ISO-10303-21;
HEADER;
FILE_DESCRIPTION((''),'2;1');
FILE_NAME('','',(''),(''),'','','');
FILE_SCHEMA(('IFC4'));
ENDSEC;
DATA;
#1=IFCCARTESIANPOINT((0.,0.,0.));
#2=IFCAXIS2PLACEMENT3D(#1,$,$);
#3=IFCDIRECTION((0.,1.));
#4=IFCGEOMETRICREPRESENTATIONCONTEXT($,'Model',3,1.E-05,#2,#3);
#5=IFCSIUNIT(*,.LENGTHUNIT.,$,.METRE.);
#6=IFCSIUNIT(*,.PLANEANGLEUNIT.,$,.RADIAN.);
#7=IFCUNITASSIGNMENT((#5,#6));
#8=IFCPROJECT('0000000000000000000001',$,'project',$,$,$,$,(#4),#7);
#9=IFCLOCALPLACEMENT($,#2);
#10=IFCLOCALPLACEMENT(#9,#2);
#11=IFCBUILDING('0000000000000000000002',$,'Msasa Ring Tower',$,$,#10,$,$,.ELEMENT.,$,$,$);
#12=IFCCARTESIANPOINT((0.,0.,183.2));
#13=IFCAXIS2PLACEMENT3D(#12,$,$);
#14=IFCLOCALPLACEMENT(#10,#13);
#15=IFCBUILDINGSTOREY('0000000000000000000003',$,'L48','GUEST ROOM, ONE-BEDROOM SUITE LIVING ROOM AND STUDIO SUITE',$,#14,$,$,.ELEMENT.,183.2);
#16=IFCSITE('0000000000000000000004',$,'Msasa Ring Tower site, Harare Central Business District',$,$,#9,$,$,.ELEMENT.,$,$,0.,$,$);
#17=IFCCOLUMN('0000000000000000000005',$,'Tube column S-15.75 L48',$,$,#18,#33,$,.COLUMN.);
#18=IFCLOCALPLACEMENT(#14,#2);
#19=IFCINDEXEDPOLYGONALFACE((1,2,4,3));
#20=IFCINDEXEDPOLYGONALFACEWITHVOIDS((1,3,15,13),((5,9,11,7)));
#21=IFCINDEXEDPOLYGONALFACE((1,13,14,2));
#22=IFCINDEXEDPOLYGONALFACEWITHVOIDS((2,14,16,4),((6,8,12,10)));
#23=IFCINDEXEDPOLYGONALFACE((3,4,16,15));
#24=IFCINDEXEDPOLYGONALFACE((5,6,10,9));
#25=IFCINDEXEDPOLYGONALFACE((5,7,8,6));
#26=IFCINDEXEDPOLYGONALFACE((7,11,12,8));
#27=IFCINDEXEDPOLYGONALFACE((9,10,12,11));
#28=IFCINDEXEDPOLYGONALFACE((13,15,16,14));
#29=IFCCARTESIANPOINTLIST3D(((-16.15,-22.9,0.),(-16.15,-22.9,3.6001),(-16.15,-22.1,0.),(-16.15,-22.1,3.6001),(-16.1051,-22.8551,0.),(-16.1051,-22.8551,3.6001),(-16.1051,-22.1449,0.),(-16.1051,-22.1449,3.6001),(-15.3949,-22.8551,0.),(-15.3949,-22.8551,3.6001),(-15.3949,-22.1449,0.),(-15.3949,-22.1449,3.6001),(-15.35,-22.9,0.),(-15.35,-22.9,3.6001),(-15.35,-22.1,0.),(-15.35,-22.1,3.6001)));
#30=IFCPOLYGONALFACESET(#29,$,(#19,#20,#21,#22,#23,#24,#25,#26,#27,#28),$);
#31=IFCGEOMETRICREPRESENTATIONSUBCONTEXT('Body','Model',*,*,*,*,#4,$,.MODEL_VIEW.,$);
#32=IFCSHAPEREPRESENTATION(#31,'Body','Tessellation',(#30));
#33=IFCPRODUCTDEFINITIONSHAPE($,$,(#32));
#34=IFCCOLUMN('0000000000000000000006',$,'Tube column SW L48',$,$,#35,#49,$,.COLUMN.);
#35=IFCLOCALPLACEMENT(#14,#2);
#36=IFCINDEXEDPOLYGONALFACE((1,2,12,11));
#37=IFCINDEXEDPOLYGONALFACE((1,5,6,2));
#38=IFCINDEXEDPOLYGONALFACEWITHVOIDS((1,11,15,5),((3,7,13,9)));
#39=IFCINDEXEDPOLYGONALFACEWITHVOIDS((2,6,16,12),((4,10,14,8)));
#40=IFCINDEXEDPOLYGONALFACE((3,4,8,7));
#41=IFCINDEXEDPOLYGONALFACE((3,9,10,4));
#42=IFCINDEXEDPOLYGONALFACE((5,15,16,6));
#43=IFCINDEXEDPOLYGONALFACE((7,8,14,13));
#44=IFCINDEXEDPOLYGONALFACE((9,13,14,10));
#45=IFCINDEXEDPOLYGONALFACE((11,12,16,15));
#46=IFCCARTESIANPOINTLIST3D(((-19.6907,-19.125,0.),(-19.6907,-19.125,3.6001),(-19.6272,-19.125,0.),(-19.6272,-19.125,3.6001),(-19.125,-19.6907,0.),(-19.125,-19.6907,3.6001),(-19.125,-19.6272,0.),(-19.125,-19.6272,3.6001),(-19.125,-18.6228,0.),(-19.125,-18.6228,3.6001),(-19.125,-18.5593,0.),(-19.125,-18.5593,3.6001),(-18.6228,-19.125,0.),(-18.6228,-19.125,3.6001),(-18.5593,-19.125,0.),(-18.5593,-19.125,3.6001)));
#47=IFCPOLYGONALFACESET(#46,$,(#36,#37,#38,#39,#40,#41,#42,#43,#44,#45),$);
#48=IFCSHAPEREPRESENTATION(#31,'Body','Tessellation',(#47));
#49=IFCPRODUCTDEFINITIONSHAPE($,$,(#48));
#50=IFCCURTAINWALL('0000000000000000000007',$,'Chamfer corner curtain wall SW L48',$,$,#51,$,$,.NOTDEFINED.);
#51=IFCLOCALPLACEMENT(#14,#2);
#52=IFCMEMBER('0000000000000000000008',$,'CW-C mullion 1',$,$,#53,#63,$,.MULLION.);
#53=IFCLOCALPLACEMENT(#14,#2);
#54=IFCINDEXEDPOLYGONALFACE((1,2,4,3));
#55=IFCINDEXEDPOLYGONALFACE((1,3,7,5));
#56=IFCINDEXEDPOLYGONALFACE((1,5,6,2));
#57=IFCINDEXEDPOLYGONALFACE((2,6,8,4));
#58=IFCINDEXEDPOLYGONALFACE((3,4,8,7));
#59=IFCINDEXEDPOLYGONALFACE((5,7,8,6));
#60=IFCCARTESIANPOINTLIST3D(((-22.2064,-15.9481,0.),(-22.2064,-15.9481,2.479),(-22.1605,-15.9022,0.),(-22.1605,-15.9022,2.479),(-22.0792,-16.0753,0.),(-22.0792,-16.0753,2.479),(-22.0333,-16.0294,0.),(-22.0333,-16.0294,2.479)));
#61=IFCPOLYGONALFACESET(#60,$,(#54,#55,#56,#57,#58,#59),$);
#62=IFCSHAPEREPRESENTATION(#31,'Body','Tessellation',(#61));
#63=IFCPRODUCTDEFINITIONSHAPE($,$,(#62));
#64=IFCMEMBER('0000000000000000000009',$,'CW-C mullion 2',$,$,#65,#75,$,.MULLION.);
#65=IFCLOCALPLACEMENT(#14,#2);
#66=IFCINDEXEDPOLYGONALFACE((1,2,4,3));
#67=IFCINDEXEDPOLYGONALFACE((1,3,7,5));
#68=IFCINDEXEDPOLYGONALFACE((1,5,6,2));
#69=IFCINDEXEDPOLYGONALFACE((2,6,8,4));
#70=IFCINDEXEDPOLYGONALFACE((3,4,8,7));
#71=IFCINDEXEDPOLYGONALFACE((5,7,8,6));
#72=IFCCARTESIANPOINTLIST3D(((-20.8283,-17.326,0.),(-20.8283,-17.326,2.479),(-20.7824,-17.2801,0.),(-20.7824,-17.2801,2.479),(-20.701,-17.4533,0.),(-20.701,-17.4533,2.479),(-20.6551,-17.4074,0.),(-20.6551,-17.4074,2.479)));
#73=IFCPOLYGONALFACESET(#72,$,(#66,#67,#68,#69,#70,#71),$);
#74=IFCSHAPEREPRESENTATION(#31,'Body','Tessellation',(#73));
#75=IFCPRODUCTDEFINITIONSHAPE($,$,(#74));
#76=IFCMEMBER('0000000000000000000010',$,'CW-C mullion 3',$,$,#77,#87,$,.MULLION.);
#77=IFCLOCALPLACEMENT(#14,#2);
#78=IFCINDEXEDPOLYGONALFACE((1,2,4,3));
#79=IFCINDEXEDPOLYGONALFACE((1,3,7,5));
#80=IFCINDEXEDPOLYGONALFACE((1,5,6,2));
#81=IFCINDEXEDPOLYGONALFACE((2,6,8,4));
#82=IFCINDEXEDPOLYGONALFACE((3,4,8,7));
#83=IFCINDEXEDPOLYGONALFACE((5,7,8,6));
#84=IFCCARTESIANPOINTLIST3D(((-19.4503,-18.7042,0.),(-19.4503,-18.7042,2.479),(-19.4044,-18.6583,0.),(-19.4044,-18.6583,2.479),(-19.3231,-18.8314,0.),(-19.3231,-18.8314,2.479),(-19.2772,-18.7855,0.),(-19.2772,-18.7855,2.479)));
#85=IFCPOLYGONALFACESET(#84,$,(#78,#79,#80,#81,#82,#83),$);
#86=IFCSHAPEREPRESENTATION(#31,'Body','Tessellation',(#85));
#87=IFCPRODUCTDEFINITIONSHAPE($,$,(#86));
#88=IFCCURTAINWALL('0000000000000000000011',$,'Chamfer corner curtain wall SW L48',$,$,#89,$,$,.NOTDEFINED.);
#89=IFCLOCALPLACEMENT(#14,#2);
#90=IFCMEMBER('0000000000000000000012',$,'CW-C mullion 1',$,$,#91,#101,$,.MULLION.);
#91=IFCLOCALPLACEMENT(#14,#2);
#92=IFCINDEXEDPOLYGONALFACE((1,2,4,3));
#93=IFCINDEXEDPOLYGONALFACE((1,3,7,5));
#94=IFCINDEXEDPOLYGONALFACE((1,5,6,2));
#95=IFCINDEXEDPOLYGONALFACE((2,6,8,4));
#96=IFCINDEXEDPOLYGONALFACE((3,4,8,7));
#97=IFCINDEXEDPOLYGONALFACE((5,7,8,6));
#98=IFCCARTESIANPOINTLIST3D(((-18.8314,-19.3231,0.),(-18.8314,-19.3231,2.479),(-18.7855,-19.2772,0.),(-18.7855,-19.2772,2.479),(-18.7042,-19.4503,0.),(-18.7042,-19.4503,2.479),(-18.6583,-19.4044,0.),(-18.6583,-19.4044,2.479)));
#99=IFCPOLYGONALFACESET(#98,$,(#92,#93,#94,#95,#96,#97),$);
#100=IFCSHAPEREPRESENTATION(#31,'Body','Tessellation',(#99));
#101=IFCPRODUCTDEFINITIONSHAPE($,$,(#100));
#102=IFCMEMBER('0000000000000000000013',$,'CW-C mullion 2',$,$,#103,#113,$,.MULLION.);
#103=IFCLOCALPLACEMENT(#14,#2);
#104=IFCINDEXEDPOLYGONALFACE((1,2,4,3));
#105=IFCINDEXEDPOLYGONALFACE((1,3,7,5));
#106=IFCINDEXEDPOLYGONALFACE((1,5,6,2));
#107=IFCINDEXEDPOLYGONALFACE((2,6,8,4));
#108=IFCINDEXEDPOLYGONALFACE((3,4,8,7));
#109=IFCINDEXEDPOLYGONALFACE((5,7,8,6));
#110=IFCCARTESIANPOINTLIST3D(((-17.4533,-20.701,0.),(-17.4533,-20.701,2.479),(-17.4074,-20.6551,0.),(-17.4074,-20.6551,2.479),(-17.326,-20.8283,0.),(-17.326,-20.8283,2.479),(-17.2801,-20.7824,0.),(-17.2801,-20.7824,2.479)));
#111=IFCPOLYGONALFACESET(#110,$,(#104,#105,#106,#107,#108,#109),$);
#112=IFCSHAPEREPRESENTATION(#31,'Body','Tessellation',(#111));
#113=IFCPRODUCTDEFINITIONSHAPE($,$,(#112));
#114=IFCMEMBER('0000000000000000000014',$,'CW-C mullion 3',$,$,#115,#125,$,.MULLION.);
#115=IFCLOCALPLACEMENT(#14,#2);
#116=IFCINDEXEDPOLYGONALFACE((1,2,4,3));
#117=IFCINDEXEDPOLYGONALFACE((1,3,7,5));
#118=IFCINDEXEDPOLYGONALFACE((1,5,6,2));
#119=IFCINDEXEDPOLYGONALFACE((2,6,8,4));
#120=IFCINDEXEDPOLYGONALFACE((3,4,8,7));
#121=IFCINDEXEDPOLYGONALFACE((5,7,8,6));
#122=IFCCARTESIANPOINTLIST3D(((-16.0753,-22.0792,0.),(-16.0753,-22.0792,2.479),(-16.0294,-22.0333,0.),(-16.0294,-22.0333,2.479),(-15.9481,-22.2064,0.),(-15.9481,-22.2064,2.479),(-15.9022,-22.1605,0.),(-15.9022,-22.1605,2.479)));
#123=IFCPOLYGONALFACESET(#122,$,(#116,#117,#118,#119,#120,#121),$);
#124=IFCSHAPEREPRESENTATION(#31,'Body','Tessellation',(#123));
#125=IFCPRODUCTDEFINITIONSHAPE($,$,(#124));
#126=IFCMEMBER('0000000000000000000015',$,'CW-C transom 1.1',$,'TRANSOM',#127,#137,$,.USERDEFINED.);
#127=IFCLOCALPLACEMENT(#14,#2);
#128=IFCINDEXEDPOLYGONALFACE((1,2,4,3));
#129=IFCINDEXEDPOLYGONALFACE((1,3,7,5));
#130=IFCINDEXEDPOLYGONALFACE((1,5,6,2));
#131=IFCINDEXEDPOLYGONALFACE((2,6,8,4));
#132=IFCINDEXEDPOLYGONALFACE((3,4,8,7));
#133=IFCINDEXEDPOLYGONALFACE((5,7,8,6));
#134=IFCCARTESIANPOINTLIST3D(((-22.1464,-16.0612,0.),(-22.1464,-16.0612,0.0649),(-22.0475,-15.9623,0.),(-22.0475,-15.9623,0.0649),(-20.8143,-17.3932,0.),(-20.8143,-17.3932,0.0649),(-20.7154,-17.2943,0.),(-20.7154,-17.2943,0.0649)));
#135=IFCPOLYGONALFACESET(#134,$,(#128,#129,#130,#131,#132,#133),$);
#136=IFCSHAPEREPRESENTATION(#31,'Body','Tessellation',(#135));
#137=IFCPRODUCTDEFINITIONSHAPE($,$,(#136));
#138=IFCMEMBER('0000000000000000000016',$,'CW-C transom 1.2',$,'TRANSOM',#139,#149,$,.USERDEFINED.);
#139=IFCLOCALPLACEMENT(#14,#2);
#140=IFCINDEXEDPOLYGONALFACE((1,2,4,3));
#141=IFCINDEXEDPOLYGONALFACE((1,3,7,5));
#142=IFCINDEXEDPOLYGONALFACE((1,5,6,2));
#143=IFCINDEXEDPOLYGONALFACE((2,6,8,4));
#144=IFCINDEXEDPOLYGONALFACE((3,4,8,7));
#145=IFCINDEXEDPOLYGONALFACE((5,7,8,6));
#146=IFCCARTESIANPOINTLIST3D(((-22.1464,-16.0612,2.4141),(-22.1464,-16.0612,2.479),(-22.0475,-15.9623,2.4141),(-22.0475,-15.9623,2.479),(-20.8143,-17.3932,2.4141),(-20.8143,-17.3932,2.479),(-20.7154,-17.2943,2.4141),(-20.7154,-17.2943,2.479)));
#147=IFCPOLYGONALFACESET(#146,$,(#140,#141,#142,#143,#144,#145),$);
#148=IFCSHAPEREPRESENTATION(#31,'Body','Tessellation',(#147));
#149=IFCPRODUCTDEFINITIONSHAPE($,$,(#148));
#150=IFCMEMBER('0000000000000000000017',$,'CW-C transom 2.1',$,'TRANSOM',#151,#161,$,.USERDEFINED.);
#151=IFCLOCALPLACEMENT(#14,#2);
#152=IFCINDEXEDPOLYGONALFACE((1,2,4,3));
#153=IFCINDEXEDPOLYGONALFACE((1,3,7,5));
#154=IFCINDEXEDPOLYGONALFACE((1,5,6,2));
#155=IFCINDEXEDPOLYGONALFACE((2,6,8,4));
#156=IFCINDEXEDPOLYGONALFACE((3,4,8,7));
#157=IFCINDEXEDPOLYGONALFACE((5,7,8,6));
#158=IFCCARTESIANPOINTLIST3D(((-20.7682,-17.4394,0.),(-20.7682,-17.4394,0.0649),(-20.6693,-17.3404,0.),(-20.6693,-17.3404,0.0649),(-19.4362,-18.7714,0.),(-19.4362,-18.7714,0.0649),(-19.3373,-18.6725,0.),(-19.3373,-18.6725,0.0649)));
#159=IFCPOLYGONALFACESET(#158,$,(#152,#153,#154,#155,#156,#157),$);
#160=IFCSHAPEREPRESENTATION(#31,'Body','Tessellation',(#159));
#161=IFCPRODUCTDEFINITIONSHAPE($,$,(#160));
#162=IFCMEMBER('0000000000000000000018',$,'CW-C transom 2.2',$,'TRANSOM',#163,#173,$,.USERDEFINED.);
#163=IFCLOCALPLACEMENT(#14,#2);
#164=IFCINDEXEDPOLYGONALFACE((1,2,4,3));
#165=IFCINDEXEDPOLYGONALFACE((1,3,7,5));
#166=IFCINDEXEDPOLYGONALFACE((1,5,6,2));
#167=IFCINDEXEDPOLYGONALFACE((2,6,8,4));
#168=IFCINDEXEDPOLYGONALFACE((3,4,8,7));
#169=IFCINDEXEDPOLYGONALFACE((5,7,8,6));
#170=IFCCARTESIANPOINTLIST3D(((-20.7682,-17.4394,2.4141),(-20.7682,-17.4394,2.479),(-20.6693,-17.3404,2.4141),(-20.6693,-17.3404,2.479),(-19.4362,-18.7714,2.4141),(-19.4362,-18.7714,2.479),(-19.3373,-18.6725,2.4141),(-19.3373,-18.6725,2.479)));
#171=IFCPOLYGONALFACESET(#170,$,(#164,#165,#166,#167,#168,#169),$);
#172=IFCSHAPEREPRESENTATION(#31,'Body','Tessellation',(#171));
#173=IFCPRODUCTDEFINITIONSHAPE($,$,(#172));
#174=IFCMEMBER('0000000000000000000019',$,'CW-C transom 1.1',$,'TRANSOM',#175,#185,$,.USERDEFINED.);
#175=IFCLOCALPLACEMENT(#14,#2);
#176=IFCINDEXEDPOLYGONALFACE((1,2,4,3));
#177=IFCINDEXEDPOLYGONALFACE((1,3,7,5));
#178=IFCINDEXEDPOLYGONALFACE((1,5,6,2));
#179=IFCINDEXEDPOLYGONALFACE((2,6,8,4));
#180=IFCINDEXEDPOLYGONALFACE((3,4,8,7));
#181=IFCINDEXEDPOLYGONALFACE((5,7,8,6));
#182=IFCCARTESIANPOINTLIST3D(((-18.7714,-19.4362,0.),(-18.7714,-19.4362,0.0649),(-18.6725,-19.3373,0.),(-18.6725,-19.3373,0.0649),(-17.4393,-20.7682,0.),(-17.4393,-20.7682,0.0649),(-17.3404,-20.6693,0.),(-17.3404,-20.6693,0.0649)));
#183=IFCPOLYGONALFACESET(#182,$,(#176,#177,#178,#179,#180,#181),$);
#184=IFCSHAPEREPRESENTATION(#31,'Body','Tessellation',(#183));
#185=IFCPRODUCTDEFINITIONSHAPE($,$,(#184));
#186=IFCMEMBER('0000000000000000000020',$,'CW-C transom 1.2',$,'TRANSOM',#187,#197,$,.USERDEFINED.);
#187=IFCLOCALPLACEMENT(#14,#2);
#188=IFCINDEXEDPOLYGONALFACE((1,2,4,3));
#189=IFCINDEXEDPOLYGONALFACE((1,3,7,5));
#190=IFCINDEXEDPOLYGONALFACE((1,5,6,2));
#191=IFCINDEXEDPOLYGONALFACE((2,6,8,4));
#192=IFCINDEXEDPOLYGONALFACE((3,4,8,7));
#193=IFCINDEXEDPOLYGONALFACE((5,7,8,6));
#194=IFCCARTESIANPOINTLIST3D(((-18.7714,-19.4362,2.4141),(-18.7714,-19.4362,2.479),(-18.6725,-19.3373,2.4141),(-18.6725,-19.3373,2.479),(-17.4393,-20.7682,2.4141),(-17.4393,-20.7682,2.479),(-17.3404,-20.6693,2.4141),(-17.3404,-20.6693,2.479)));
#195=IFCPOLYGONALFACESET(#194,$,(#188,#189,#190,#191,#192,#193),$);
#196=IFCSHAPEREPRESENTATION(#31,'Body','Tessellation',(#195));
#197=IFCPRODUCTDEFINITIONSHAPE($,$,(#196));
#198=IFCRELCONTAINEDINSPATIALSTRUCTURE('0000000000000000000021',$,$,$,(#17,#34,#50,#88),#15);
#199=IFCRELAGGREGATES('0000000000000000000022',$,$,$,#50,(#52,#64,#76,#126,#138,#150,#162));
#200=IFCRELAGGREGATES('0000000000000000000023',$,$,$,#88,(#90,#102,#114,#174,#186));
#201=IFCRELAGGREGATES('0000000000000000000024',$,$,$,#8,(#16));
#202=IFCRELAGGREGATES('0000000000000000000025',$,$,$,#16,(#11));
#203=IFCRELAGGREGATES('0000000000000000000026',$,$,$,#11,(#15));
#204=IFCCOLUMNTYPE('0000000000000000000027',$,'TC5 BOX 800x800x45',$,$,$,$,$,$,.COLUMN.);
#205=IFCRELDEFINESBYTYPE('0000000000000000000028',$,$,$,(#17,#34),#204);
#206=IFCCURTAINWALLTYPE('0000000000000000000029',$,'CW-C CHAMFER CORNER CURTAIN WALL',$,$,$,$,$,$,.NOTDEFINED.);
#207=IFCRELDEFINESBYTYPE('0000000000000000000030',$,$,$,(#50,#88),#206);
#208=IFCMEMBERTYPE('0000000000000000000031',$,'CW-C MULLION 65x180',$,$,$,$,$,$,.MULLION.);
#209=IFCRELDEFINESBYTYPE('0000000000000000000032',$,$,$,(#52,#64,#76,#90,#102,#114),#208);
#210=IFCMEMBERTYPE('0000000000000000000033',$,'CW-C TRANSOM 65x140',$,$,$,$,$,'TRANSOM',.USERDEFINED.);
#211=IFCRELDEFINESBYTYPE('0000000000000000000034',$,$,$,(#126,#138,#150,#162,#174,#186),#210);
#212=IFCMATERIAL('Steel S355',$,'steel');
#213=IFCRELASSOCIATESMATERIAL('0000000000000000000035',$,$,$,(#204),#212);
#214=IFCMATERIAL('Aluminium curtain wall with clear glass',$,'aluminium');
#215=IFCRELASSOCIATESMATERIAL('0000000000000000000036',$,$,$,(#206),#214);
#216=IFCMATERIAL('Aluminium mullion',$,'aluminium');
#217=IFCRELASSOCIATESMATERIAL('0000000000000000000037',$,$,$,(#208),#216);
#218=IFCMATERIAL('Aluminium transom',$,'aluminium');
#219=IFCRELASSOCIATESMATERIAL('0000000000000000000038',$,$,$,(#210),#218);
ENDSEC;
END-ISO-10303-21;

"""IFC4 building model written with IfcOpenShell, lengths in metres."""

from ifc_helpers import new_model, si_unit, direction, frame, origin, origin_2d, place, context, subcontext, project, spatial, rectangle, hollow_rectangle, extrude, material, material_profile, profile_set, type_object, element, aggregate, save


model = new_model("IFC4")

# Units and contexts
model_context = context("Model", 3, precision=1e-05, world=origin(), true_north=direction((0.0, 1.0)))
body_context = subcontext(model_context, "Body", "Model", "MODEL_VIEW")
ifc_project = project(units=[si_unit("LENGTHUNIT", "METRE"), si_unit("PLANEANGLEUNIT", "RADIAN")], contexts=[model_context])

# Site, building, storey
site_placement = place(None, origin())
site = spatial("IfcSite", under=ifc_project, at=site_placement, Name="Msasa Ring Tower site, Harare Central Business District", CompositionType="ELEMENT", RefElevation=0.0)
building_placement = place(site_placement, origin())
building = spatial("IfcBuilding", under=site, at=building_placement, Name="Msasa Ring Tower", CompositionType="ELEMENT")
storey_placement = place(building_placement, frame((0.0, 0.0, 183.2)))
storey = spatial("IfcBuildingStorey", under=building, at=storey_placement, Name="L48", Description="GUEST ROOM, ONE-BEDROOM SUITE LIVING ROOM AND STUDIO SUITE", CompositionType="ELEMENT", Elevation=183.2)

# Columns
ifc_material_1 = material(Name="Steel S355", Category="steel")
ifc_material_profile_1 = material_profile(ifc_material_1, hollow_rectangle(XDim=0.8, YDim=0.8, WallThickness=0.0449, at=origin_2d()), Name="BOX 800x800x45")
ifc_profile_set_1 = profile_set([ifc_material_profile_1], Name="Steel S355")
column_type = type_object("IfcColumnType", Name="TC5 BOX 800x800x45", PredefinedType="COLUMN", material=ifc_profile_set_1)
for number, where, z_axis, x_axis, name in (
    (1, (-15.75, -22.5, 0.0), (0.0, 0.0, 1.0), (0.0, 1.0, 0.0), "Tube column S-15.75 L48"),
    (2, (-19.125, -19.125, 0.0), (0.0, 0.0, 1.0), (0.707107, 0.707107, 0.0), "Tube column SW L48"),
):
    element("IfcColumn", number, at=place(storey_placement, frame(where, z_axis=z_axis, x_axis=x_axis)), inside=storey, type_object=column_type, Name=name, PredefinedType="COLUMN", context=body_context, shape_type="SweptSolid", body=[
        extrude(hollow_rectangle(XDim=0.8, YDim=0.8, WallThickness=0.0449, at=origin_2d()), origin(), (0.0, 0.0, 1.0), 3.6001),
    ])

# Curtain walls, members
ifc_material_2 = material(Name="Aluminium curtain wall with clear glass", Category="aluminium")
curtain_wall_type = type_object("IfcCurtainWallType", Name="CW-C CHAMFER CORNER CURTAIN WALL", PredefinedType="NOTDEFINED", material=ifc_material_2)
curtain_wall_1_placement = place(storey_placement, origin())
curtain_wall_1 = element("IfcCurtainWall", 3, at=curtain_wall_1_placement, inside=storey, type_object=curtain_wall_type, Name="Chamfer corner curtain wall SW L48", PredefinedType="NOTDEFINED")
ifc_material_3 = material(Name="Aluminium mullion", Category="aluminium")
ifc_material_profile_2 = material_profile(ifc_material_3, rectangle(XDim=0.0649, YDim=0.1799, at=origin_2d()), Name="AL 65x180")
ifc_profile_set_2 = profile_set([ifc_material_profile_2], Name="Aluminium mullion")
member_type_1 = type_object("IfcMemberType", Name="CW-C MULLION 65x180", PredefinedType="MULLION", material=ifc_profile_set_2)
member_1_placement = place(storey_placement, frame((-22.1199, -15.9888, 0.0), z_axis=(0.0, 0.0, 1.0), x_axis=(0.707107, 0.707107, 0.0)))
member_1 = element("IfcMember", 4, at=member_1_placement, type_object=member_type_1, Name="CW-C mullion 1", PredefinedType="MULLION", context=body_context, shape_type="SweptSolid", body=[
    extrude(rectangle(XDim=0.0649, YDim=0.1799, at=origin_2d()), origin(), (0.0, 0.0, 1.0), 2.479),
])
member_2_placement = place(storey_placement, frame((-20.7417, -17.3667, 0.0), z_axis=(0.0, 0.0, 1.0), x_axis=(0.707107, 0.707107, 0.0)))
member_2 = element("IfcMember", 5, at=member_2_placement, type_object=member_type_1, Name="CW-C mullion 2", PredefinedType="MULLION", context=body_context, shape_type="SweptSolid", body=[
    extrude(rectangle(XDim=0.0649, YDim=0.1799, at=origin_2d()), origin(), (0.0, 0.0, 1.0), 2.479),
])
member_3_placement = place(storey_placement, frame((-19.3638, -18.7449, 0.0), z_axis=(0.0, 0.0, 1.0), x_axis=(0.707107, 0.707107, 0.0)))
member_3 = element("IfcMember", 6, at=member_3_placement, type_object=member_type_1, Name="CW-C mullion 3", PredefinedType="MULLION", context=body_context, shape_type="SweptSolid", body=[
    extrude(rectangle(XDim=0.0649, YDim=0.1799, at=origin_2d()), origin(), (0.0, 0.0, 1.0), 2.479),
])
curtain_wall_2_placement = place(storey_placement, origin())
curtain_wall_2 = element("IfcCurtainWall", 7, at=curtain_wall_2_placement, inside=storey, type_object=curtain_wall_type, Name="Chamfer corner curtain wall SW L48", PredefinedType="NOTDEFINED")
member_4_placement = place(storey_placement, frame((-18.7449, -19.3638, 0.0), z_axis=(0.0, 0.0, 1.0), x_axis=(0.707107, 0.707107, 0.0)))
member_4 = element("IfcMember", 8, at=member_4_placement, type_object=member_type_1, Name="CW-C mullion 1", PredefinedType="MULLION", context=body_context, shape_type="SweptSolid", body=[
    extrude(rectangle(XDim=0.0649, YDim=0.1799, at=origin_2d()), origin(), (0.0, 0.0, 1.0), 2.479),
])
member_5_placement = place(storey_placement, frame((-17.3667, -20.7417, 0.0), z_axis=(0.0, 0.0, 1.0), x_axis=(0.707107, 0.707107, 0.0)))
member_5 = element("IfcMember", 9, at=member_5_placement, type_object=member_type_1, Name="CW-C mullion 2", PredefinedType="MULLION", context=body_context, shape_type="SweptSolid", body=[
    extrude(rectangle(XDim=0.0649, YDim=0.1799, at=origin_2d()), origin(), (0.0, 0.0, 1.0), 2.479),
])
member_6_placement = place(storey_placement, frame((-15.9888, -22.1199, 0.0), z_axis=(0.0, 0.0, 1.0), x_axis=(0.707107, 0.707107, 0.0)))
member_6 = element("IfcMember", 10, at=member_6_placement, type_object=member_type_1, Name="CW-C mullion 3", PredefinedType="MULLION", context=body_context, shape_type="SweptSolid", body=[
    extrude(rectangle(XDim=0.0649, YDim=0.1799, at=origin_2d()), origin(), (0.0, 0.0, 1.0), 2.479),
])

# Members
ifc_material_4 = material(Name="Aluminium transom", Category="aluminium")
ifc_material_profile_3 = material_profile(ifc_material_4, rectangle(XDim=0.1399, YDim=0.0649, at=origin_2d()), Name="AL 65x140")
ifc_profile_set_3 = profile_set([ifc_material_profile_3], Name="Aluminium transom")
member_type_2 = type_object("IfcMemberType", Name="CW-C TRANSOM 65x140", ElementType="TRANSOM", PredefinedType="USERDEFINED", material=ifc_profile_set_3)
member_7_placement = place(storey_placement, frame((-22.0969, -16.0117, 0.0325), z_axis=(0.707107, -0.707107, 0.0), x_axis=(0.707107, 0.707107, 0.0)))
member_7 = element("IfcMember", 11, at=member_7_placement, type_object=member_type_2, Name="CW-C transom 1.1", ObjectType="TRANSOM", PredefinedType="USERDEFINED", context=body_context, shape_type="SweptSolid", body=[
    extrude(rectangle(XDim=0.1399, YDim=0.0649, at=origin_2d()), origin(), (0.0, 0.0, 1.0), 1.8838),
])
member_8_placement = place(storey_placement, frame((-22.0969, -16.0117, 2.4465), z_axis=(0.707107, -0.707107, 0.0), x_axis=(0.707107, 0.707107, 0.0)))
member_8 = element("IfcMember", 12, at=member_8_placement, type_object=member_type_2, Name="CW-C transom 1.2", ObjectType="TRANSOM", PredefinedType="USERDEFINED", context=body_context, shape_type="SweptSolid", body=[
    extrude(rectangle(XDim=0.1399, YDim=0.0649, at=origin_2d()), origin(), (0.0, 0.0, 1.0), 1.8838),
])
member_9_placement = place(storey_placement, frame((-20.7188, -17.3899, 0.0325), z_axis=(0.707107, -0.707107, 0.0), x_axis=(0.707107, 0.707107, 0.0)))
member_9 = element("IfcMember", 13, at=member_9_placement, type_object=member_type_2, Name="CW-C transom 2.1", ObjectType="TRANSOM", PredefinedType="USERDEFINED", context=body_context, shape_type="SweptSolid", body=[
    extrude(rectangle(XDim=0.1399, YDim=0.0649, at=origin_2d()), origin(), (0.0, 0.0, 1.0), 1.8838),
])
member_10_placement = place(storey_placement, frame((-20.7188, -17.3899, 2.4465), z_axis=(0.707107, -0.707107, 0.0), x_axis=(0.707107, 0.707107, 0.0)))
member_10 = element("IfcMember", 14, at=member_10_placement, type_object=member_type_2, Name="CW-C transom 2.2", ObjectType="TRANSOM", PredefinedType="USERDEFINED", context=body_context, shape_type="SweptSolid", body=[
    extrude(rectangle(XDim=0.1399, YDim=0.0649, at=origin_2d()), origin(), (0.0, 0.0, 1.0), 1.8838),
])
member_11_placement = place(storey_placement, frame((-18.7219, -19.3867, 0.0325), z_axis=(0.707107, -0.707107, 0.0), x_axis=(0.707107, 0.707107, 0.0)))
member_11 = element("IfcMember", 15, at=member_11_placement, type_object=member_type_2, Name="CW-C transom 1.1", ObjectType="TRANSOM", PredefinedType="USERDEFINED", context=body_context, shape_type="SweptSolid", body=[
    extrude(rectangle(XDim=0.1399, YDim=0.0649, at=origin_2d()), origin(), (0.0, 0.0, 1.0), 1.8838),
])
member_12_placement = place(storey_placement, frame((-18.7219, -19.3867, 2.4465), z_axis=(0.707107, -0.707107, 0.0), x_axis=(0.707107, 0.707107, 0.0)))
member_12 = element("IfcMember", 16, at=member_12_placement, type_object=member_type_2, Name="CW-C transom 1.2", ObjectType="TRANSOM", PredefinedType="USERDEFINED", context=body_context, shape_type="SweptSolid", body=[
    extrude(rectangle(XDim=0.1399, YDim=0.0649, at=origin_2d()), origin(), (0.0, 0.0, 1.0), 1.8838),
])

aggregate(curtain_wall_1, [member_1, member_2, member_3, member_7, member_8, member_9, member_10])
aggregate(curtain_wall_2, [member_4, member_5, member_6, member_11, member_12])

save(model, "model.ifc")
